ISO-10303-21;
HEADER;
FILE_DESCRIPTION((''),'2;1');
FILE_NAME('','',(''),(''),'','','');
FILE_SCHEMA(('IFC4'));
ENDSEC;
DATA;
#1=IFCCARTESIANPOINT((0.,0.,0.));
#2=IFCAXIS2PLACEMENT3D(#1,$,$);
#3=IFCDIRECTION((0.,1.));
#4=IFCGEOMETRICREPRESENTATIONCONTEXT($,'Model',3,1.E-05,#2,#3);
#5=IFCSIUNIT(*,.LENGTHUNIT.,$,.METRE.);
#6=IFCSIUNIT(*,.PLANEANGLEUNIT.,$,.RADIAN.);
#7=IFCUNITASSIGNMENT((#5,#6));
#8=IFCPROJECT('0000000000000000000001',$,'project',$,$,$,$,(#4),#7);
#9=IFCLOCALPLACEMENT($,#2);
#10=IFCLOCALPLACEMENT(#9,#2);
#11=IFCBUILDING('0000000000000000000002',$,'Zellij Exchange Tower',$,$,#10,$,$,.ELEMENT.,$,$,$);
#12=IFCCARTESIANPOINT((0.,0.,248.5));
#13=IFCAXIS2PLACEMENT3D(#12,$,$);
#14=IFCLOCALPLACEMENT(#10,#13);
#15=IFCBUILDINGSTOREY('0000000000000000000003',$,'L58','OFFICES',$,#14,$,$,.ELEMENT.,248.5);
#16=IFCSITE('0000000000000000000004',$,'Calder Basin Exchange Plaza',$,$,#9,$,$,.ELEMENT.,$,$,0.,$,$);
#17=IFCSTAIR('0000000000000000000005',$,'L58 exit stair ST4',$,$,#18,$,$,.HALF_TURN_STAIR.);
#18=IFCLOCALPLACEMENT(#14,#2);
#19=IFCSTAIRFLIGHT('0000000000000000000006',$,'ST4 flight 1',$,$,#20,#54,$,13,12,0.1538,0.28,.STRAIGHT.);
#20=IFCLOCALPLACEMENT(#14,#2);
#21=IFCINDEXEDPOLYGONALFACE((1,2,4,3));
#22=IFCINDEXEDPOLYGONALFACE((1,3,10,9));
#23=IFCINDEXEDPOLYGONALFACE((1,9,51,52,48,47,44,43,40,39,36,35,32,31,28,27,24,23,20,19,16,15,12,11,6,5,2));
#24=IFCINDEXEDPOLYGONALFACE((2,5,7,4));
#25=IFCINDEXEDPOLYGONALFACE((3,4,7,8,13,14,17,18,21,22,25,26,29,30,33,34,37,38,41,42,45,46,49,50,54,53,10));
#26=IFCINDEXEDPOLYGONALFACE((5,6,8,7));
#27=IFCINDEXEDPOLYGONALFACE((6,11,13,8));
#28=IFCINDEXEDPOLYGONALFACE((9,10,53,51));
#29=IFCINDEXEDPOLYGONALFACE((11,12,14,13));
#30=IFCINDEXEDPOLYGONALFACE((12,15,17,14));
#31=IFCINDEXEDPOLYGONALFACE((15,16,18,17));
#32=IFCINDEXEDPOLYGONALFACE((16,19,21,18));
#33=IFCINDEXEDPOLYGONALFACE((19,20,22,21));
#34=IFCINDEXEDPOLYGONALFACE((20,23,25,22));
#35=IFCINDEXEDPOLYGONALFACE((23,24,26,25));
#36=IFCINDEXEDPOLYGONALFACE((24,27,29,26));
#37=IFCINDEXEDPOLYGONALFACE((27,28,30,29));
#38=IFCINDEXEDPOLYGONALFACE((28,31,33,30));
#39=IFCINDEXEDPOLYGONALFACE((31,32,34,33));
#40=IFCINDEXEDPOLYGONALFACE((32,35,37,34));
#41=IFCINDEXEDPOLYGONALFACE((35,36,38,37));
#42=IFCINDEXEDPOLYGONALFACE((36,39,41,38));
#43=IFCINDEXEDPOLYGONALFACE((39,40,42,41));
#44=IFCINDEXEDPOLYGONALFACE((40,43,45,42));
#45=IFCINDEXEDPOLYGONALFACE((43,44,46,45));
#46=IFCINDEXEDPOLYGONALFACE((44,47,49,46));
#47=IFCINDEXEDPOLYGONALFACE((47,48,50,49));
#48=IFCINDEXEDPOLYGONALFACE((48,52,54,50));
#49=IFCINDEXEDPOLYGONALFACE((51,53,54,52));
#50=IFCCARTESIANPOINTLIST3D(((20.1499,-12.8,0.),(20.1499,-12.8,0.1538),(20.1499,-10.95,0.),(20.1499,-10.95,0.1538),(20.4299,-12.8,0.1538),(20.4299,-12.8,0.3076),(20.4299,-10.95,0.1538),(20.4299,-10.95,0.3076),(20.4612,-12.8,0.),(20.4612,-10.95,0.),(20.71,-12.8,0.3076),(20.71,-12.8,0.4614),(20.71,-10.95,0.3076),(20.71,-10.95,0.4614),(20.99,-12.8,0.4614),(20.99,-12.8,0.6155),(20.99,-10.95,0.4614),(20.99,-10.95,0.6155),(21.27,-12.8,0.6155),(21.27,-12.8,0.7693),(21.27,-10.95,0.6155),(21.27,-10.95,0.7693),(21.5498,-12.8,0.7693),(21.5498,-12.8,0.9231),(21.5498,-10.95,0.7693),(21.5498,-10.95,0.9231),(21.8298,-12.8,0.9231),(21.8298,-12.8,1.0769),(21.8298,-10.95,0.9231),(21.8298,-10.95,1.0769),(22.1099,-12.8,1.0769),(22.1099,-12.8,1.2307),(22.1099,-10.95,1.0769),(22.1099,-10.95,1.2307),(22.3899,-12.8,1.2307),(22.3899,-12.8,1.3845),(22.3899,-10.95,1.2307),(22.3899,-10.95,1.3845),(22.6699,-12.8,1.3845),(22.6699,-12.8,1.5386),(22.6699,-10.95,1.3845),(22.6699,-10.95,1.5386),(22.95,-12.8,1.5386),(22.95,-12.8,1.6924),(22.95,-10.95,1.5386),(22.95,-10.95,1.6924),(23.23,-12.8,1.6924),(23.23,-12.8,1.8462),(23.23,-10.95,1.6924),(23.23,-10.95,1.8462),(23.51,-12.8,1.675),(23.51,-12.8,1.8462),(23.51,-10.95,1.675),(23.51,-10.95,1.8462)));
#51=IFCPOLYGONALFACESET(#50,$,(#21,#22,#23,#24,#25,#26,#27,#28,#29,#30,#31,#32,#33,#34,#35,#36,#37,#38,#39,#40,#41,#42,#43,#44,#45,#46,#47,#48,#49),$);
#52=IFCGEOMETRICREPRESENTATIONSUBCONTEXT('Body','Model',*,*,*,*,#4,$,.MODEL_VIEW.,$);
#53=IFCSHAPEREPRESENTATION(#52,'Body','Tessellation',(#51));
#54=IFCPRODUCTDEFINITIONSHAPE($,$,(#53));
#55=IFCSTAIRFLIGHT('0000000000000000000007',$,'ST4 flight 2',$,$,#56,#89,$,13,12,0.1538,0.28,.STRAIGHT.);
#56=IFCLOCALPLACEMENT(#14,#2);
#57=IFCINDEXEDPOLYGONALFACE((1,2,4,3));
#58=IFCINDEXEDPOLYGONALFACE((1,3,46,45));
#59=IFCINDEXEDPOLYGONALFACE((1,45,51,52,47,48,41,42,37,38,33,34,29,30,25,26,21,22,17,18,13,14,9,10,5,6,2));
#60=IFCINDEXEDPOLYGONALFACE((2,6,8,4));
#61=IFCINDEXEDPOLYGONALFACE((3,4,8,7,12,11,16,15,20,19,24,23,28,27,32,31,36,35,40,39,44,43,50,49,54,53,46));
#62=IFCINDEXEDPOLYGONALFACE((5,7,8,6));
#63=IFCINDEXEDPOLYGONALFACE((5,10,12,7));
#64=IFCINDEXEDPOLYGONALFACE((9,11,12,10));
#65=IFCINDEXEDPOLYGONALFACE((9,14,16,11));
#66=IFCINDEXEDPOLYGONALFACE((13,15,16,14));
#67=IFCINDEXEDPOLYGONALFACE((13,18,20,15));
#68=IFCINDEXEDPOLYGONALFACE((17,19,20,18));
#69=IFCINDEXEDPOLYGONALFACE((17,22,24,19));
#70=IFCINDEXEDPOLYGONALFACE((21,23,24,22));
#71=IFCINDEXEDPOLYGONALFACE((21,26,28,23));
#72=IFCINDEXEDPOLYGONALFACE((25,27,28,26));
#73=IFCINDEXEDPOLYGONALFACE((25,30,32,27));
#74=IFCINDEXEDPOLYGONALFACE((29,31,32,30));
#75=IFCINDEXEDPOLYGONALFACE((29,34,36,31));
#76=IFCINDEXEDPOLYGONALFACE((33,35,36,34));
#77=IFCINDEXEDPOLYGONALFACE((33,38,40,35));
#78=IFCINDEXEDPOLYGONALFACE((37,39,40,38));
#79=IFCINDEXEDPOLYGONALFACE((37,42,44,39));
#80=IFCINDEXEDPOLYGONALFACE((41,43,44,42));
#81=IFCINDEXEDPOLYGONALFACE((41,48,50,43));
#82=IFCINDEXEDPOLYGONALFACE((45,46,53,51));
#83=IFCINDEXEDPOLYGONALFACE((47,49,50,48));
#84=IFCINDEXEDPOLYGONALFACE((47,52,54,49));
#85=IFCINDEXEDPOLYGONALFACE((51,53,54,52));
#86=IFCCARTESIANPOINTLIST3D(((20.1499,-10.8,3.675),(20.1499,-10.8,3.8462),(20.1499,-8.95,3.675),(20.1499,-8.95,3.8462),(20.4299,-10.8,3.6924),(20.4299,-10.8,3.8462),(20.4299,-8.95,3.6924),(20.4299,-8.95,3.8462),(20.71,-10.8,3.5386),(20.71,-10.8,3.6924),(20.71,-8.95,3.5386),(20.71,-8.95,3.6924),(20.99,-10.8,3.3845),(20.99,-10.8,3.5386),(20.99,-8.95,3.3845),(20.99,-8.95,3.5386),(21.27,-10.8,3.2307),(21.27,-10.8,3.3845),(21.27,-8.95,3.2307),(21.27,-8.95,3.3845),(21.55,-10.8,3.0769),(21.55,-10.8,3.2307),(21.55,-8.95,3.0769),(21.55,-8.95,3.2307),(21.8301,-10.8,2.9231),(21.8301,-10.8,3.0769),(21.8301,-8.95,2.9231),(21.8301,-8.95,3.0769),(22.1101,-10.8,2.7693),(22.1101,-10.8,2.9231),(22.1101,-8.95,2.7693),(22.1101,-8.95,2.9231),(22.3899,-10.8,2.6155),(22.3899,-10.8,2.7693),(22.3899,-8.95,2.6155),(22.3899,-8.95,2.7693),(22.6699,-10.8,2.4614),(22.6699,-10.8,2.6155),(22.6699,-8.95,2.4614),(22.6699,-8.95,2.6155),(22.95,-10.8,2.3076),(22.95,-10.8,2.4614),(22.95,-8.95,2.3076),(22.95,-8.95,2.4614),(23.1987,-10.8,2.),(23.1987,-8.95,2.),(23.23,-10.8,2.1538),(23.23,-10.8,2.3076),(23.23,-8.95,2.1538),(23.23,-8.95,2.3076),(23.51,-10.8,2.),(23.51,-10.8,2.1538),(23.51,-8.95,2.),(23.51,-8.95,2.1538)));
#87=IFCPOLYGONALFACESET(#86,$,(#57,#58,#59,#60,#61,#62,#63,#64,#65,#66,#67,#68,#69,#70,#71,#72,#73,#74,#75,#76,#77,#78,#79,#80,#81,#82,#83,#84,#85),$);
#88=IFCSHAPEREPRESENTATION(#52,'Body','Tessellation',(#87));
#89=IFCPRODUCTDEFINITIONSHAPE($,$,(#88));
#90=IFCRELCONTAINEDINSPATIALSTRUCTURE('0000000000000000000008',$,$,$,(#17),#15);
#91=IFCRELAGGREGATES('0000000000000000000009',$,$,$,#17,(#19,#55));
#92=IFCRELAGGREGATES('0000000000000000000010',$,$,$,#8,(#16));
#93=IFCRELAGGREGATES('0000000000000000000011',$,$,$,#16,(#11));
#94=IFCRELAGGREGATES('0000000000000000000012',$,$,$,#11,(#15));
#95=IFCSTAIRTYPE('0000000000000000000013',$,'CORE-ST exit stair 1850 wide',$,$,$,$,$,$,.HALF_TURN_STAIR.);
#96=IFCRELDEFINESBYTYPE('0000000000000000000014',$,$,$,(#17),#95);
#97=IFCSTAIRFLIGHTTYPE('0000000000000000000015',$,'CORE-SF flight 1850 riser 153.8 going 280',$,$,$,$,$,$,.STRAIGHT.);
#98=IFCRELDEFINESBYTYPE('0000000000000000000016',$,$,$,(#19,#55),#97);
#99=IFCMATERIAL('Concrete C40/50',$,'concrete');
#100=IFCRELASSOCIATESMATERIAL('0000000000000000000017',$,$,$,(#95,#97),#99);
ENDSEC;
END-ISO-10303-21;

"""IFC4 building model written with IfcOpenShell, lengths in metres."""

from ifc_helpers import new_model, si_unit, direction, frame, origin, place, context, subcontext, project, spatial, polyline, outline, extrude, material, type_object, element, aggregate, save


model = new_model("IFC4")

# Units and contexts
model_context = context("Model", 3, precision=1e-05, world=origin(), true_north=direction((0.0, 1.0)))
body_context = subcontext(model_context, "Body", "Model", "MODEL_VIEW")
ifc_project = project(units=[si_unit("LENGTHUNIT", "METRE"), si_unit("PLANEANGLEUNIT", "RADIAN")], contexts=[model_context])

# Site, building, storey
site_placement = place(None, origin())
site = spatial("IfcSite", under=ifc_project, at=site_placement, Name="Calder Basin Exchange Plaza", CompositionType="ELEMENT", RefElevation=0.0)
building_placement = place(site_placement, origin())
building = spatial("IfcBuilding", under=site, at=building_placement, Name="Zellij Exchange Tower", CompositionType="ELEMENT")
storey_placement = place(building_placement, frame((0.0, 0.0, 248.5)))
storey = spatial("IfcBuildingStorey", under=building, at=storey_placement, Name="L58", Description="OFFICES", CompositionType="ELEMENT", Elevation=248.5)

# Stair, stair flights
ifc_material_1 = material(Name="Concrete C40/50", Category="concrete")
stair_type = type_object("IfcStairType", Name="CORE-ST exit stair 1850 wide", PredefinedType="HALF_TURN_STAIR", material=ifc_material_1)
stair_placement = place(storey_placement, origin())
stair = element("IfcStair", 1, at=stair_placement, inside=storey, type_object=stair_type, Name="L58 exit stair ST4", PredefinedType="HALF_TURN_STAIR")
stair_flight_type = type_object("IfcStairFlightType", Name="CORE-SF flight 1850 riser 153.8 going 280", PredefinedType="STRAIGHT", material=ifc_material_1)
stair_flight_1_placement = place(storey_placement, frame((20.1499, -11.875, 0.0), z_axis=(0.0, 0.0, 1.0), x_axis=(1.0, 0.0, 0.0)))
stair_flight_1 = element("IfcStairFlight", 2, at=stair_flight_1_placement, type_object=stair_flight_type, Name="ST4 flight 1", NumberOfRisers=13, NumberOfTreads=12, PredefinedType="STRAIGHT", RiserHeight=0.1538, TreadLength=0.28, context=body_context, shape_type="SweptSolid", body=[
    extrude(outline(polyline([(0.0, 0.0), (0.0, 0.1538), (0.28, 0.1538), (0.28, 0.3076), (0.5601, 0.3076), (0.5601, 0.4614), (0.8401, 0.4614), (0.8401, 0.6155), (1.1201, 0.6155), (1.1201, 0.7693), (1.3999, 0.7693), (1.3999, 0.9231), (1.6799, 0.9231), (1.6799, 1.0769), (1.96, 1.0769), (1.96, 1.2307), (2.24, 1.2307), (2.24, 1.3845), (2.52, 1.3845), (2.52, 1.5386), (2.8, 1.5386), (2.8, 1.6924), (3.0801, 1.6924), (3.0801, 1.8462), (3.3601, 1.8462), (3.3601, 2.0), (3.3601, 1.675), (0.3113, 0.0), (0.0, 0.0)])), frame((0.0, 0.925, 0.0), z_axis=(0.0, -1.0, 0.0), x_axis=(1.0, 0.0, 0.0)), (0.0, 0.0, 1.0), 1.8501),
])
stair_flight_2_placement = place(storey_placement, frame((23.51, -9.875, 2.0), z_axis=(0.0, 0.0, 1.0), x_axis=(-1.0, 0.0, 0.0)))
stair_flight_2 = element("IfcStairFlight", 3, at=stair_flight_2_placement, type_object=stair_flight_type, Name="ST4 flight 2", NumberOfRisers=13, NumberOfTreads=12, PredefinedType="STRAIGHT", RiserHeight=0.1538, TreadLength=0.28, context=body_context, shape_type="SweptSolid", body=[
    extrude(outline(polyline([(0.0, 0.0), (0.0, 0.1538), (0.28, 0.1538), (0.28, 0.3076), (0.5601, 0.3076), (0.5601, 0.4614), (0.8401, 0.4614), (0.8401, 0.6155), (1.1201, 0.6155), (1.1201, 0.7693), (1.3999, 0.7693), (1.3999, 0.9231), (1.6799, 0.9231), (1.6799, 1.0769), (1.96, 1.0769), (1.96, 1.2307), (2.24, 1.2307), (2.24, 1.3845), (2.52, 1.3845), (2.52, 1.5386), (2.8, 1.5386), (2.8, 1.6924), (3.0801, 1.6924), (3.0801, 1.8462), (3.3601, 1.8462), (3.3601, 2.0), (3.3601, 1.675), (0.3113, 0.0), (0.0, 0.0)])), frame((0.0, 0.925, 0.0), z_axis=(0.0, -1.0, 0.0), x_axis=(1.0, 0.0, 0.0)), (0.0, 0.0, 1.0), 1.8501),
])
aggregate(stair, [stair_flight_1, stair_flight_2])

save(model, "model.ifc")
